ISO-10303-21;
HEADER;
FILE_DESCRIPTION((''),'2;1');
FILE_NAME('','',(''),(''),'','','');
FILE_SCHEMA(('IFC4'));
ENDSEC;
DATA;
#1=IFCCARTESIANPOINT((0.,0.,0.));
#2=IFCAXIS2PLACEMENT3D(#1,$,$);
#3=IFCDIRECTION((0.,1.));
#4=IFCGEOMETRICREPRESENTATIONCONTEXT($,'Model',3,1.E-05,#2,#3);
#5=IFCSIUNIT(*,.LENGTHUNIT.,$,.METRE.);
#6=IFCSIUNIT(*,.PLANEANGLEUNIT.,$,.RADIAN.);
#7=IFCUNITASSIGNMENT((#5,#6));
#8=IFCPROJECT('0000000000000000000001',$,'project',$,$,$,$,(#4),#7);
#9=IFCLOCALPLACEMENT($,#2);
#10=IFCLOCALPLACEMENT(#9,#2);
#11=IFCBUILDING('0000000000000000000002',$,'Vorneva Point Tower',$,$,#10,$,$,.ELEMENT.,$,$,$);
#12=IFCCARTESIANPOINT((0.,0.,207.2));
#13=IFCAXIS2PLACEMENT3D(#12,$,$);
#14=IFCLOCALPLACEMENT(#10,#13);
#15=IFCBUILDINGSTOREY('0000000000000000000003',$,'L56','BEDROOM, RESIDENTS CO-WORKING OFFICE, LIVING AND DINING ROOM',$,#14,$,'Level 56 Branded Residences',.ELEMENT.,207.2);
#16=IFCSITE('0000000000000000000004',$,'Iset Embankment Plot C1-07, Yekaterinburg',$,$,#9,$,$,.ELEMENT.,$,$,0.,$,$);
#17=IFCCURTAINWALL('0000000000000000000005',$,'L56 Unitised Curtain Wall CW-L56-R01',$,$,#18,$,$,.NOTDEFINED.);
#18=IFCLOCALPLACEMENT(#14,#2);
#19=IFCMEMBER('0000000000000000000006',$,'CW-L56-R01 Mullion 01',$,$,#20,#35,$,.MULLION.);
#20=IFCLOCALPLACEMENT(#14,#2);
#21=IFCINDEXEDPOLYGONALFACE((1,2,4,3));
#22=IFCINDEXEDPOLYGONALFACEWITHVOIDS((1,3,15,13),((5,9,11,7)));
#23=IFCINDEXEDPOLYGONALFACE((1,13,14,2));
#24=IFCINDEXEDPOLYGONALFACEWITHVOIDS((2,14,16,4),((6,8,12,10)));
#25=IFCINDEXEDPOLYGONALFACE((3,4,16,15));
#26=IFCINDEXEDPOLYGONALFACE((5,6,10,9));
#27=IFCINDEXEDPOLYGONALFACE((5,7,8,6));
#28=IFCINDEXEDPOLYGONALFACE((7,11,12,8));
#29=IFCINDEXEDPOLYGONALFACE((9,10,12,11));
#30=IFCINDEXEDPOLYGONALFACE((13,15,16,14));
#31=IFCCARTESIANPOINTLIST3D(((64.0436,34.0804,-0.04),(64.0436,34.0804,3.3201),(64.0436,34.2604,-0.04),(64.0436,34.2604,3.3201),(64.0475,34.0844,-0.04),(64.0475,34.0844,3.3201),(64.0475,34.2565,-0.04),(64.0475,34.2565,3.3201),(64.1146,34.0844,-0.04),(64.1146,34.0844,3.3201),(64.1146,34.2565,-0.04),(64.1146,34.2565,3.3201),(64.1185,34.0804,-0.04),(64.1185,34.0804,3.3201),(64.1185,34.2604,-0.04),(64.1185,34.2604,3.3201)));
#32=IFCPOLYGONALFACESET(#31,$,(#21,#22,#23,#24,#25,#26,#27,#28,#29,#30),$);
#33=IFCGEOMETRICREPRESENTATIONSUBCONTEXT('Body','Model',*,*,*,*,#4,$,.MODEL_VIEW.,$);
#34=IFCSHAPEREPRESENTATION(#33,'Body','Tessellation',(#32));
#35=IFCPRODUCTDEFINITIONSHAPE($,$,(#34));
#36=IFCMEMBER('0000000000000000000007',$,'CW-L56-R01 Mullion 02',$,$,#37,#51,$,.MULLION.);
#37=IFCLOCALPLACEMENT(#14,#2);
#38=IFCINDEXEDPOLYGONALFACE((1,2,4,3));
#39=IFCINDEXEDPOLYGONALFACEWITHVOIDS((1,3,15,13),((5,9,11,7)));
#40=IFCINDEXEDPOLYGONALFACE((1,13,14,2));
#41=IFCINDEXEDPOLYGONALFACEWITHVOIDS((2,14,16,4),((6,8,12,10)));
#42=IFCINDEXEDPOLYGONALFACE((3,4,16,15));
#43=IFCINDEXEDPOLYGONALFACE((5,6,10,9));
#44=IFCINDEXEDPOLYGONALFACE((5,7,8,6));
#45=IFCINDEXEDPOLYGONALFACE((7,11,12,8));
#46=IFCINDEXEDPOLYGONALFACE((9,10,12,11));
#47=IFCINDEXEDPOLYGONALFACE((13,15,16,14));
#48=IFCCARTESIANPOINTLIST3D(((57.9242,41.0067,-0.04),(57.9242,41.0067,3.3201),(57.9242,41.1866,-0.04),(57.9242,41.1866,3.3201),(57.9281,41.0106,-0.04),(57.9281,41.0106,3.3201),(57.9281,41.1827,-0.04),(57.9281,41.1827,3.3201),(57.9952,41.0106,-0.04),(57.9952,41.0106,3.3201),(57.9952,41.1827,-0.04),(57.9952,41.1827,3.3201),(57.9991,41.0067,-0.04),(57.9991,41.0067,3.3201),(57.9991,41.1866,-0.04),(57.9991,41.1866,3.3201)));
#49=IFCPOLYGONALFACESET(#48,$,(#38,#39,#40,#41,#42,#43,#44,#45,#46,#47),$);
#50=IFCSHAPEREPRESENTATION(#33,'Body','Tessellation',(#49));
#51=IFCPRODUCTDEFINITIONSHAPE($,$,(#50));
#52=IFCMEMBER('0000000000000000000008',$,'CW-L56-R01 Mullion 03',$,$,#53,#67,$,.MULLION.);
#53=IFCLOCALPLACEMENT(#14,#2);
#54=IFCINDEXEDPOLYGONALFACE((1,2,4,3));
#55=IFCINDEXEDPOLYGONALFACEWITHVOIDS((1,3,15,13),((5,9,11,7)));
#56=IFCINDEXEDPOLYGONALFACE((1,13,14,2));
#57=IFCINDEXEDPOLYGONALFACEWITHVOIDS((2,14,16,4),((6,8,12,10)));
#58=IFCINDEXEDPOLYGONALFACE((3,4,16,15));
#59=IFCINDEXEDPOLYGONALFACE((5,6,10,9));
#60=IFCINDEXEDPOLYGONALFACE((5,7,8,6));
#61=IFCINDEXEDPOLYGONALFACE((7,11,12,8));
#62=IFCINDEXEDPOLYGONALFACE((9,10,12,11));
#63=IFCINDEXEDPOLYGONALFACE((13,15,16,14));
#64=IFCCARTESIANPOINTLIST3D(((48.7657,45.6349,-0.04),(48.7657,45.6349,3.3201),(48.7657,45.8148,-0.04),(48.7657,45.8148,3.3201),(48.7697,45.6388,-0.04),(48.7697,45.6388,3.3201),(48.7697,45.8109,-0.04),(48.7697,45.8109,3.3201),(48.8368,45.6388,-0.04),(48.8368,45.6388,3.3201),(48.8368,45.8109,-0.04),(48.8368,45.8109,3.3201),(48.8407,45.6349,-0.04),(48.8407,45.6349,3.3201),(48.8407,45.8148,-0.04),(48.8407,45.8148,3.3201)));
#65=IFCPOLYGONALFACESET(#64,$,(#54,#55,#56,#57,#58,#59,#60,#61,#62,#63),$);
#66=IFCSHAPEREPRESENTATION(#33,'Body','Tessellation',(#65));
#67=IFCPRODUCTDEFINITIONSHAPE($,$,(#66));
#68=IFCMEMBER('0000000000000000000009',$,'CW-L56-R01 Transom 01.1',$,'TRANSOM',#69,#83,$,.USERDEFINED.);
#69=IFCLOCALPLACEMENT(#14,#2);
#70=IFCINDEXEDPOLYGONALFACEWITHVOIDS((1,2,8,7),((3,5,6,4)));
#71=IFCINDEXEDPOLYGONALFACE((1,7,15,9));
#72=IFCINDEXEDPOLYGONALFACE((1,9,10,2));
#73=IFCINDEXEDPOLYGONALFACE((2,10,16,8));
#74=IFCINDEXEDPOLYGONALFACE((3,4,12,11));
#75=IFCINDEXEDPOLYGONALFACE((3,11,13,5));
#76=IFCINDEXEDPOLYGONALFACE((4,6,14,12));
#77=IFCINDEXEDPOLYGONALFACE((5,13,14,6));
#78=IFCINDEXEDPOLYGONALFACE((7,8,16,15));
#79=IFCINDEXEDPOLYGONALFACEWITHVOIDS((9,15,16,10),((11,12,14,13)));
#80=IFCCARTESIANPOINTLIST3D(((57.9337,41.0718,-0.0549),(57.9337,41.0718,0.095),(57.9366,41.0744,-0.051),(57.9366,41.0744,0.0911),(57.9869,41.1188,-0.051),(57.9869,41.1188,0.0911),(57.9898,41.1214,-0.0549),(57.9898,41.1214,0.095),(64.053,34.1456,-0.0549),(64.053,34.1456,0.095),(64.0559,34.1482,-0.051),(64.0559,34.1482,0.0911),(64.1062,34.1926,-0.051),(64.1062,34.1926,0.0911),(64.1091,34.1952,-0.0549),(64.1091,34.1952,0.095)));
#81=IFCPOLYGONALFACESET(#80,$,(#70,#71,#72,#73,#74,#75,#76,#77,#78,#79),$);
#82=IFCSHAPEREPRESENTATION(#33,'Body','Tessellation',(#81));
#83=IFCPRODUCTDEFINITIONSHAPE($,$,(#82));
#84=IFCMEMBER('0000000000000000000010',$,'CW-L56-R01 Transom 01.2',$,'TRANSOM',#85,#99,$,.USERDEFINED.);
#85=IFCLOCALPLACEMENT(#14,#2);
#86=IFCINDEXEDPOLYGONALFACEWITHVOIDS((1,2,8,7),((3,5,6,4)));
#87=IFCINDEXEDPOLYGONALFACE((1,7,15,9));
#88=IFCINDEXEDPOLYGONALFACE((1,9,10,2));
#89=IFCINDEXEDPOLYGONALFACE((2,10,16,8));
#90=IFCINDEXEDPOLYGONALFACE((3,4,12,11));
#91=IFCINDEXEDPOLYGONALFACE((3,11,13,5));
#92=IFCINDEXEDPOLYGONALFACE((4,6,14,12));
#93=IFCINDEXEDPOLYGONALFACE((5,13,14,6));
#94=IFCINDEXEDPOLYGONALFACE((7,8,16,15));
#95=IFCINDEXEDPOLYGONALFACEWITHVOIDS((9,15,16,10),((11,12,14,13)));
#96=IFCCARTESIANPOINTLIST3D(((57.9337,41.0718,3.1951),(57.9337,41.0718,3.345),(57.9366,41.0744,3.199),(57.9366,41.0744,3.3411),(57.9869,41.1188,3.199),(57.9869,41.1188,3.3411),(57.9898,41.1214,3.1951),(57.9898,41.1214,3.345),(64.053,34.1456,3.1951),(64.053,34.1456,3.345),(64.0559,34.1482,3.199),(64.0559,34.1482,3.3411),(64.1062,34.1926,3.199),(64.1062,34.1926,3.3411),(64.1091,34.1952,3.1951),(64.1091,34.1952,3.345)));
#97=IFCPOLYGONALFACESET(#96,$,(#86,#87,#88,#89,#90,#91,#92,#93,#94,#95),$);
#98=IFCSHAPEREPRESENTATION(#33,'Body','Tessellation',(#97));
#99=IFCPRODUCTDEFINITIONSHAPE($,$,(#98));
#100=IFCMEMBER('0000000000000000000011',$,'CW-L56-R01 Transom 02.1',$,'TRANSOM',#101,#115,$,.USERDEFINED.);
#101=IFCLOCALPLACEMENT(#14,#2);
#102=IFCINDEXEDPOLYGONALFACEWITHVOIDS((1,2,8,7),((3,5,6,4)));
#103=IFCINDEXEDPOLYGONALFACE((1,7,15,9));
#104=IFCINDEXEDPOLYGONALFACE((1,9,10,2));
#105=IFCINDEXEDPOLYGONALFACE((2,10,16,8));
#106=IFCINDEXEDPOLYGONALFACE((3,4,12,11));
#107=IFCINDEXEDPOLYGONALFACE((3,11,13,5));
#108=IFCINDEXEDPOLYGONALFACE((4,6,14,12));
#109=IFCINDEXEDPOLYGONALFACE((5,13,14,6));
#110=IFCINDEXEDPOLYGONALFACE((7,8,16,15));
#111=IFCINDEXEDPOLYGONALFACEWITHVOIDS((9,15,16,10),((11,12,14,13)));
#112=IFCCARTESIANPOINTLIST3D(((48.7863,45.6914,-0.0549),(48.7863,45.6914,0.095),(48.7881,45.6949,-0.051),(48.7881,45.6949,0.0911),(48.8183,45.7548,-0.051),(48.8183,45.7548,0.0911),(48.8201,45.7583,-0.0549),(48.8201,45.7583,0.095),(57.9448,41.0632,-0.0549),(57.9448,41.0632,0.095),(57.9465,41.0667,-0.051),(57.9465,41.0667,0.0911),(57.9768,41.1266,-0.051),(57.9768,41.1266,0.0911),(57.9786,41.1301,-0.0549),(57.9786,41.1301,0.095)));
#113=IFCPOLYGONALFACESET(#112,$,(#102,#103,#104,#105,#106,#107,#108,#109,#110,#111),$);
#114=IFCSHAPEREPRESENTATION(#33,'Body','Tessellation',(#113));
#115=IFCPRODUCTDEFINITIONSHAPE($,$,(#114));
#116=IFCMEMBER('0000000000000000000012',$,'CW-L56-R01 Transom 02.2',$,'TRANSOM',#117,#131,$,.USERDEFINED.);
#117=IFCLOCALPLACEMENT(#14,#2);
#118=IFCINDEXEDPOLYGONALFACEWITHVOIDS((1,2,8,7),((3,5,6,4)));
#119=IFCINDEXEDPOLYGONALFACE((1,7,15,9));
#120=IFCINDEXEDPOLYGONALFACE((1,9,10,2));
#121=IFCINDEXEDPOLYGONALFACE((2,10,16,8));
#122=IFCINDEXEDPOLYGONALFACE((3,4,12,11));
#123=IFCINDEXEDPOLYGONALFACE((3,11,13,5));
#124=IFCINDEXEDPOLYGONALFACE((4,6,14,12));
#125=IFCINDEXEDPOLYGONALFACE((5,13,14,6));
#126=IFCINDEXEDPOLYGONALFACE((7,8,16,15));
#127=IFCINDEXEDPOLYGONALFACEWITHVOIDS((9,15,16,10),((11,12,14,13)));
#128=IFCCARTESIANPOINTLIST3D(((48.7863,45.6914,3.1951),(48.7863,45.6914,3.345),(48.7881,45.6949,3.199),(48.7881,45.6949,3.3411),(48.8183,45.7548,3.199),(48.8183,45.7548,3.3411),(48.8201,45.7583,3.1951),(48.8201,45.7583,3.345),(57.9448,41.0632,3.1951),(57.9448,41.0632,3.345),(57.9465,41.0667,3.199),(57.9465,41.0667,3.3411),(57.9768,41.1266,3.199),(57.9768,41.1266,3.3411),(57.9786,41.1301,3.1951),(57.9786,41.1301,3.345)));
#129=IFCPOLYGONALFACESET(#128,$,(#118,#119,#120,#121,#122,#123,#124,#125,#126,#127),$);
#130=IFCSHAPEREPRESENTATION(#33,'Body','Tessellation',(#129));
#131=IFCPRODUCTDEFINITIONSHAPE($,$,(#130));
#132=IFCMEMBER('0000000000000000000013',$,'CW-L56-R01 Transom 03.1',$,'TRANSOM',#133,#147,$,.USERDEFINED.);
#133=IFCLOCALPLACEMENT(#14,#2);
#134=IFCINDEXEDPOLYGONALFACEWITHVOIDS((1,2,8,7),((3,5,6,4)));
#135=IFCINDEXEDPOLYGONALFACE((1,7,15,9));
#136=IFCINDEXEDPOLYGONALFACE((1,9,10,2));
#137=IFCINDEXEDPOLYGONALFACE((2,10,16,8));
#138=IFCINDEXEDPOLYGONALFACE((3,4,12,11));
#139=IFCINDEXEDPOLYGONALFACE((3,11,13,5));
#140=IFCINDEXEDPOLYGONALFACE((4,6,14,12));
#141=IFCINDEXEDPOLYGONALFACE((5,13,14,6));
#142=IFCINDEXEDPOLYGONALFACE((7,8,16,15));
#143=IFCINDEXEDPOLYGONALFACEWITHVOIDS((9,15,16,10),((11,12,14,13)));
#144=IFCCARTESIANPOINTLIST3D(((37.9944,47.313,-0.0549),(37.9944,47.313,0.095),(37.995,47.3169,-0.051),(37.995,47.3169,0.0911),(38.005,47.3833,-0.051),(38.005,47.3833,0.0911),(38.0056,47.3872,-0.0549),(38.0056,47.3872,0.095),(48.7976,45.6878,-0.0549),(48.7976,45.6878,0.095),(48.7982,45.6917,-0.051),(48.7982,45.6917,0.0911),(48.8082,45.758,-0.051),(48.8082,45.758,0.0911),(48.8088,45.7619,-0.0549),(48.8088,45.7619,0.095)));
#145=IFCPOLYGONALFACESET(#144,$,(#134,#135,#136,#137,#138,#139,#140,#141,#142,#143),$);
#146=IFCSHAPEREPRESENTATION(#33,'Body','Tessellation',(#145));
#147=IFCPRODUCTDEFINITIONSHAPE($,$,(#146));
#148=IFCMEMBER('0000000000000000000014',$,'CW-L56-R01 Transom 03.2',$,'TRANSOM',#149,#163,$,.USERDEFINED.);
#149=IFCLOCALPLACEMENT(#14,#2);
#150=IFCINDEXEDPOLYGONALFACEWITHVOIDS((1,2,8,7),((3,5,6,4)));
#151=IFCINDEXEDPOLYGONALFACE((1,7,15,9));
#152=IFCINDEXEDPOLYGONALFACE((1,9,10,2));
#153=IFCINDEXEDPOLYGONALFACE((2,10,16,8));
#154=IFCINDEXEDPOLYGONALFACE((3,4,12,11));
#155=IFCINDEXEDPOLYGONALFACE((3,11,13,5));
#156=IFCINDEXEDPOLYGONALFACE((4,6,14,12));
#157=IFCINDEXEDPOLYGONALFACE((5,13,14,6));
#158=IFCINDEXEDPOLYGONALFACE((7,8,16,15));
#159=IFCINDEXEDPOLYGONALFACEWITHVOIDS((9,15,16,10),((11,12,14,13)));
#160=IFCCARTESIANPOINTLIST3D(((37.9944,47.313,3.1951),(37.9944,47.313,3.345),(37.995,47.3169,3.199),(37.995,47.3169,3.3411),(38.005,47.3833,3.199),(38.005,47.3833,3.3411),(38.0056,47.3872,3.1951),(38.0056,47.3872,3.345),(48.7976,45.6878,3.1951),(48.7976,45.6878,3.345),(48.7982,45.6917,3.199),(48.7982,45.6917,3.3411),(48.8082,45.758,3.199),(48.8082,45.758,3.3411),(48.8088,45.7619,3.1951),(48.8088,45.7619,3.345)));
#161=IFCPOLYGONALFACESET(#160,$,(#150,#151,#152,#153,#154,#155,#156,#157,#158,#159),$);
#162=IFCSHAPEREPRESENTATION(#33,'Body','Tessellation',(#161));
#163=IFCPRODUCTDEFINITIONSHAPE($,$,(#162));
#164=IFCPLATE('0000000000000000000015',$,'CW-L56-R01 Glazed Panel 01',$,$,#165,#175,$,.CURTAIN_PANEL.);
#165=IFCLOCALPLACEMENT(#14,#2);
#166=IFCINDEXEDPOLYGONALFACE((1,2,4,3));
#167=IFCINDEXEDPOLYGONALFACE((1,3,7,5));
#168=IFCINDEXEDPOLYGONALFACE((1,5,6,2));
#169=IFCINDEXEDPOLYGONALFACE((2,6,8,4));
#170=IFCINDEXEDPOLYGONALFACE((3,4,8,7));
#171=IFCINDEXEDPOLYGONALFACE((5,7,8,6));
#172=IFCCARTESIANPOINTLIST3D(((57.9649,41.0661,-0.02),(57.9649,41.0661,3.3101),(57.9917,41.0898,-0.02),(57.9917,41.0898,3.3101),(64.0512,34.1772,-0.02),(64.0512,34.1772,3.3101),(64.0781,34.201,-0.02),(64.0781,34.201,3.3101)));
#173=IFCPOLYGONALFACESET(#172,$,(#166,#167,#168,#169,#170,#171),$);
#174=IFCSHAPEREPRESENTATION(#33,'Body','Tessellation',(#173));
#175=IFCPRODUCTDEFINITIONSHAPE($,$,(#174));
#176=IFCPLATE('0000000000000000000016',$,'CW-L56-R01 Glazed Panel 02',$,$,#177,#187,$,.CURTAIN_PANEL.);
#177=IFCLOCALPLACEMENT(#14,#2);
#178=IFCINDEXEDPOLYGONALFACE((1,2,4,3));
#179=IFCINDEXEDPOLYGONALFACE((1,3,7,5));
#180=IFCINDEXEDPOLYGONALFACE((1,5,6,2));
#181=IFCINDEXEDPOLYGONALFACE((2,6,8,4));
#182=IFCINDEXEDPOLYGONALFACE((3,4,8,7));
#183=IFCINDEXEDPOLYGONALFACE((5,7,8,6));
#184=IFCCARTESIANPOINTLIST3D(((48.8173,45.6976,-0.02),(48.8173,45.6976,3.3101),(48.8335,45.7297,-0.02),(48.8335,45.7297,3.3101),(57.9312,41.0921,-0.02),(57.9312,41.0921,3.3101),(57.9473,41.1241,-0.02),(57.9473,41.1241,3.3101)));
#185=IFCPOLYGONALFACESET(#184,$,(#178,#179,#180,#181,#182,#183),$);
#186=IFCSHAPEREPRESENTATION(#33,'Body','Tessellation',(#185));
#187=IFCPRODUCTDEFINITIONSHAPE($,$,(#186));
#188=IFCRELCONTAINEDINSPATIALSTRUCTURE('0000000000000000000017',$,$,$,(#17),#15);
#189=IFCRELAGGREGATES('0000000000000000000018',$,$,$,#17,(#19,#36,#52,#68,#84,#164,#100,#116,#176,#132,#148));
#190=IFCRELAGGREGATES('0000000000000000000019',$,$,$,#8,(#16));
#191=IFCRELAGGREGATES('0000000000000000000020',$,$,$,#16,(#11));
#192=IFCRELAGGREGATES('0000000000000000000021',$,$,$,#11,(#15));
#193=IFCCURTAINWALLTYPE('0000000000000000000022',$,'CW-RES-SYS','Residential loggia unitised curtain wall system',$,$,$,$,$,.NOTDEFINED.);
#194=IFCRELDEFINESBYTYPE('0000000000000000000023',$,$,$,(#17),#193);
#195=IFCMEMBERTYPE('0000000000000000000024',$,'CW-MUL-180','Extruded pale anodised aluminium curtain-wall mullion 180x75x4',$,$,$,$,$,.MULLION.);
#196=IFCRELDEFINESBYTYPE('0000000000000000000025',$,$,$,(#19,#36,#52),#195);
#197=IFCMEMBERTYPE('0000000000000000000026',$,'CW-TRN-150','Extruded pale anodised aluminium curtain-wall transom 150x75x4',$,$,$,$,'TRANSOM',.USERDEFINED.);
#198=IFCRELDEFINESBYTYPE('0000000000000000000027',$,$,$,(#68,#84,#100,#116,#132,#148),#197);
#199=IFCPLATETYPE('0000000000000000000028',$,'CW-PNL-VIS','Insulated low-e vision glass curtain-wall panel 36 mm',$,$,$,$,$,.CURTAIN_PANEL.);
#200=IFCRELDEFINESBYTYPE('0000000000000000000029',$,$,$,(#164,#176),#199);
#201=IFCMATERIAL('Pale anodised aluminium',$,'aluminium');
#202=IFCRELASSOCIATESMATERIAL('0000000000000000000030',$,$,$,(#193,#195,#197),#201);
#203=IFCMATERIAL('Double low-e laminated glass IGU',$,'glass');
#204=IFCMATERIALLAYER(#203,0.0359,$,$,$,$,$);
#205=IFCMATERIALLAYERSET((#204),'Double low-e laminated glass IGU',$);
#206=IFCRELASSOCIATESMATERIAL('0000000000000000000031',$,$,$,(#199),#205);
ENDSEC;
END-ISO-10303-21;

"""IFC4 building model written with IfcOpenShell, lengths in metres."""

from ifc_helpers import new_model, si_unit, direction, frame, origin, origin_2d, place, context, subcontext, project, spatial, rectangle, hollow_rectangle, extrude, material, layer, layer_set, material_profile, profile_set, type_object, element, aggregate, save


model = new_model("IFC4")

# Units and contexts
model_context = context("Model", 3, precision=1e-05, world=origin(), true_north=direction((0.0, 1.0)))
body_context = subcontext(model_context, "Body", "Model", "MODEL_VIEW")
ifc_project = project(units=[si_unit("LENGTHUNIT", "METRE"), si_unit("PLANEANGLEUNIT", "RADIAN")], contexts=[model_context])

# Site, building, storey
site_placement = place(None, origin())
site = spatial("IfcSite", under=ifc_project, at=site_placement, Name="Iset Embankment Plot C1-07, Yekaterinburg", CompositionType="ELEMENT", RefElevation=0.0)
building_placement = place(site_placement, origin())
building = spatial("IfcBuilding", under=site, at=building_placement, Name="Vorneva Point Tower", CompositionType="ELEMENT")
storey_placement = place(building_placement, frame((0.0, 0.0, 207.2)))
storey = spatial("IfcBuildingStorey", under=building, at=storey_placement, Name="L56", Description="BEDROOM, RESIDENTS CO-WORKING OFFICE, LIVING AND DINING ROOM", LongName="Level 56 Branded Residences", CompositionType="ELEMENT", Elevation=207.2)

# Curtain wall, members, plates
ifc_material_1 = material(Name="Pale anodised aluminium", Category="aluminium")
curtain_wall_type = type_object("IfcCurtainWallType", Name="CW-RES-SYS", Description="Residential loggia unitised curtain wall system", PredefinedType="NOTDEFINED", material=ifc_material_1)
curtain_wall_placement = place(storey_placement, origin())
curtain_wall = element("IfcCurtainWall", 1, at=curtain_wall_placement, inside=storey, type_object=curtain_wall_type, Name="L56 Unitised Curtain Wall CW-L56-R01", PredefinedType="NOTDEFINED")
ifc_material_profile_1 = material_profile(ifc_material_1, hollow_rectangle(XDim=0.075, YDim=0.1799, WallThickness=0.0039, at=origin_2d()), Name="AL-MUL 180x75x4")
ifc_profile_set_1 = profile_set([ifc_material_profile_1], Name="Pale anodised aluminium")
member_type_1 = type_object("IfcMemberType", Name="CW-MUL-180", Description="Extruded pale anodised aluminium curtain-wall mullion 180x75x4", PredefinedType="MULLION", material=ifc_profile_set_1)
member_1_placement = place(storey_placement, frame((64.0811, 34.1704, -0.04), z_axis=(0.0, 0.0, 1.0), x_axis=(1.0, 0.0, 0.0)))
member_1 = element("IfcMember", 2, at=member_1_placement, type_object=member_type_1, Name="CW-L56-R01 Mullion 01", PredefinedType="MULLION", context=body_context, shape_type="SweptSolid", body=[
    extrude(hollow_rectangle(XDim=0.075, YDim=0.1799, WallThickness=0.0039, at=origin_2d()), origin(), (0.0, 0.0, 1.0), 3.3601),
])
member_2_placement = place(storey_placement, frame((57.9617, 41.0967, -0.04), z_axis=(0.0, 0.0, 1.0), x_axis=(1.0, 0.0, 0.0)))
member_2 = element("IfcMember", 3, at=member_2_placement, type_object=member_type_1, Name="CW-L56-R01 Mullion 02", PredefinedType="MULLION", context=body_context, shape_type="SweptSolid", body=[
    extrude(hollow_rectangle(XDim=0.075, YDim=0.1799, WallThickness=0.0039, at=origin_2d()), origin(), (0.0, 0.0, 1.0), 3.3601),
])
member_3_placement = place(storey_placement, frame((48.8032, 45.7249, -0.04), z_axis=(0.0, 0.0, 1.0), x_axis=(1.0, 0.0, 0.0)))
member_3 = element("IfcMember", 4, at=member_3_placement, type_object=member_type_1, Name="CW-L56-R01 Mullion 03", PredefinedType="MULLION", context=body_context, shape_type="SweptSolid", body=[
    extrude(hollow_rectangle(XDim=0.075, YDim=0.1799, WallThickness=0.0039, at=origin_2d()), origin(), (0.0, 0.0, 1.0), 3.3601),
])
ifc_material_profile_2 = material_profile(ifc_material_1, hollow_rectangle(XDim=0.075, YDim=0.1499, WallThickness=0.0039, at=origin_2d()), Name="AL-TRN 150x75x4")
ifc_profile_set_2 = profile_set([ifc_material_profile_2], Name="Pale anodised aluminium")
member_type_2 = type_object("IfcMemberType", Name="CW-TRN-150", Description="Extruded pale anodised aluminium curtain-wall transom 150x75x4", ElementType="TRANSOM", PredefinedType="USERDEFINED", material=ifc_profile_set_2)
member_4_placement = place(storey_placement, frame((64.0811, 34.1704, 0.02), z_axis=(-0.662106, 0.74941, 0.0), x_axis=(-0.74941, -0.662106, 0.0)))
member_4 = element("IfcMember", 5, at=member_4_placement, type_object=member_type_2, Name="CW-L56-R01 Transom 01.1", ObjectType="TRANSOM", PredefinedType="USERDEFINED", context=body_context, shape_type="SweptSolid", body=[
    extrude(hollow_rectangle(XDim=0.075, YDim=0.1499, WallThickness=0.0039, at=origin_2d()), origin(), (0.0, 0.0, 1.0), 9.2422),
])
member_5_placement = place(storey_placement, frame((64.0811, 34.1704, 3.27), z_axis=(-0.662106, 0.74941, 0.0), x_axis=(-0.74941, -0.662106, 0.0)))
member_5 = element("IfcMember", 6, at=member_5_placement, type_object=member_type_2, Name="CW-L56-R01 Transom 01.2", ObjectType="TRANSOM", PredefinedType="USERDEFINED", context=body_context, shape_type="SweptSolid", body=[
    extrude(hollow_rectangle(XDim=0.075, YDim=0.1499, WallThickness=0.0039, at=origin_2d()), origin(), (0.0, 0.0, 1.0), 9.2422),
])
member_6_placement = place(storey_placement, frame((57.9617, 41.0967, 0.02), z_axis=(-0.892511, 0.451026, 0.0), x_axis=(-0.451026, -0.892511, 0.0)))
member_6 = element("IfcMember", 7, at=member_6_placement, type_object=member_type_2, Name="CW-L56-R01 Transom 02.1", ObjectType="TRANSOM", PredefinedType="USERDEFINED", context=body_context, shape_type="SweptSolid", body=[
    extrude(hollow_rectangle(XDim=0.075, YDim=0.1499, WallThickness=0.0039, at=origin_2d()), origin(), (0.0, 0.0, 1.0), 10.2615),
])
member_7_placement = place(storey_placement, frame((57.9617, 41.0967, 3.27), z_axis=(-0.892511, 0.451026, 0.0), x_axis=(-0.451026, -0.892511, 0.0)))
member_7 = element("IfcMember", 8, at=member_7_placement, type_object=member_type_2, Name="CW-L56-R01 Transom 02.2", ObjectType="TRANSOM", PredefinedType="USERDEFINED", context=body_context, shape_type="SweptSolid", body=[
    extrude(hollow_rectangle(XDim=0.075, YDim=0.1499, WallThickness=0.0039, at=origin_2d()), origin(), (0.0, 0.0, 1.0), 10.2615),
])
member_8_placement = place(storey_placement, frame((48.8032, 45.7249, 0.02), z_axis=(-0.988872, 0.148767, 0.0), x_axis=(-0.148767, -0.988872, 0.0)))
member_8 = element("IfcMember", 9, at=member_8_placement, type_object=member_type_2, Name="CW-L56-R01 Transom 03.1", ObjectType="TRANSOM", PredefinedType="USERDEFINED", context=body_context, shape_type="SweptSolid", body=[
    extrude(hollow_rectangle(XDim=0.075, YDim=0.1499, WallThickness=0.0039, at=origin_2d()), origin(), (0.0, 0.0, 1.0), 10.9248),
])
member_9_placement = place(storey_placement, frame((48.8032, 45.7249, 3.27), z_axis=(-0.988872, 0.148767, 0.0), x_axis=(-0.148767, -0.988872, 0.0)))
member_9 = element("IfcMember", 10, at=member_9_placement, type_object=member_type_2, Name="CW-L56-R01 Transom 03.2", ObjectType="TRANSOM", PredefinedType="USERDEFINED", context=body_context, shape_type="SweptSolid", body=[
    extrude(hollow_rectangle(XDim=0.075, YDim=0.1499, WallThickness=0.0039, at=origin_2d()), origin(), (0.0, 0.0, 1.0), 10.9248),
])
ifc_material_2 = material(Name="Double low-e laminated glass IGU", Category="glass")
ifc_layer_1 = layer(ifc_material_2, 0.0359)
ifc_layer_set_1 = layer_set([ifc_layer_1], Name="Double low-e laminated glass IGU")
plate_type = type_object("IfcPlateType", Name="CW-PNL-VIS", Description="Insulated low-e vision glass curtain-wall panel 36 mm", PredefinedType="CURTAIN_PANEL", material=ifc_layer_set_1)
plate_1_placement = place(storey_placement, frame((61.0215, 37.6335, -0.02), z_axis=(0.0, 0.0, 1.0), x_axis=(-0.66211, 0.749407, 0.0)))
plate_1 = element("IfcPlate", 11, at=plate_1_placement, type_object=plate_type, Name="CW-L56-R01 Glazed Panel 01", PredefinedType="CURTAIN_PANEL", context=body_context, shape_type="SweptSolid", body=[
    extrude(rectangle(XDim=9.1924, YDim=0.0359, at=origin_2d()), origin(), (0.0, 0.0, 1.0), 3.3301),
])
plate_2_placement = place(storey_placement, frame((53.3823, 43.4109, -0.02), z_axis=(0.0, 0.0, 1.0), x_axis=(-0.892515, 0.451018, 0.0)))
plate_2 = element("IfcPlate", 12, at=plate_2_placement, type_object=plate_type, Name="CW-L56-R01 Glazed Panel 02", PredefinedType="CURTAIN_PANEL", context=body_context, shape_type="SweptSolid", body=[
    extrude(rectangle(XDim=10.2114, YDim=0.0359, at=origin_2d()), origin(), (0.0, 0.0, 1.0), 3.3301),
])
aggregate(curtain_wall, [member_1, member_2, member_3, member_4, member_5, plate_1, member_6, member_7, plate_2, member_8, member_9])

save(model, "model.ifc")
